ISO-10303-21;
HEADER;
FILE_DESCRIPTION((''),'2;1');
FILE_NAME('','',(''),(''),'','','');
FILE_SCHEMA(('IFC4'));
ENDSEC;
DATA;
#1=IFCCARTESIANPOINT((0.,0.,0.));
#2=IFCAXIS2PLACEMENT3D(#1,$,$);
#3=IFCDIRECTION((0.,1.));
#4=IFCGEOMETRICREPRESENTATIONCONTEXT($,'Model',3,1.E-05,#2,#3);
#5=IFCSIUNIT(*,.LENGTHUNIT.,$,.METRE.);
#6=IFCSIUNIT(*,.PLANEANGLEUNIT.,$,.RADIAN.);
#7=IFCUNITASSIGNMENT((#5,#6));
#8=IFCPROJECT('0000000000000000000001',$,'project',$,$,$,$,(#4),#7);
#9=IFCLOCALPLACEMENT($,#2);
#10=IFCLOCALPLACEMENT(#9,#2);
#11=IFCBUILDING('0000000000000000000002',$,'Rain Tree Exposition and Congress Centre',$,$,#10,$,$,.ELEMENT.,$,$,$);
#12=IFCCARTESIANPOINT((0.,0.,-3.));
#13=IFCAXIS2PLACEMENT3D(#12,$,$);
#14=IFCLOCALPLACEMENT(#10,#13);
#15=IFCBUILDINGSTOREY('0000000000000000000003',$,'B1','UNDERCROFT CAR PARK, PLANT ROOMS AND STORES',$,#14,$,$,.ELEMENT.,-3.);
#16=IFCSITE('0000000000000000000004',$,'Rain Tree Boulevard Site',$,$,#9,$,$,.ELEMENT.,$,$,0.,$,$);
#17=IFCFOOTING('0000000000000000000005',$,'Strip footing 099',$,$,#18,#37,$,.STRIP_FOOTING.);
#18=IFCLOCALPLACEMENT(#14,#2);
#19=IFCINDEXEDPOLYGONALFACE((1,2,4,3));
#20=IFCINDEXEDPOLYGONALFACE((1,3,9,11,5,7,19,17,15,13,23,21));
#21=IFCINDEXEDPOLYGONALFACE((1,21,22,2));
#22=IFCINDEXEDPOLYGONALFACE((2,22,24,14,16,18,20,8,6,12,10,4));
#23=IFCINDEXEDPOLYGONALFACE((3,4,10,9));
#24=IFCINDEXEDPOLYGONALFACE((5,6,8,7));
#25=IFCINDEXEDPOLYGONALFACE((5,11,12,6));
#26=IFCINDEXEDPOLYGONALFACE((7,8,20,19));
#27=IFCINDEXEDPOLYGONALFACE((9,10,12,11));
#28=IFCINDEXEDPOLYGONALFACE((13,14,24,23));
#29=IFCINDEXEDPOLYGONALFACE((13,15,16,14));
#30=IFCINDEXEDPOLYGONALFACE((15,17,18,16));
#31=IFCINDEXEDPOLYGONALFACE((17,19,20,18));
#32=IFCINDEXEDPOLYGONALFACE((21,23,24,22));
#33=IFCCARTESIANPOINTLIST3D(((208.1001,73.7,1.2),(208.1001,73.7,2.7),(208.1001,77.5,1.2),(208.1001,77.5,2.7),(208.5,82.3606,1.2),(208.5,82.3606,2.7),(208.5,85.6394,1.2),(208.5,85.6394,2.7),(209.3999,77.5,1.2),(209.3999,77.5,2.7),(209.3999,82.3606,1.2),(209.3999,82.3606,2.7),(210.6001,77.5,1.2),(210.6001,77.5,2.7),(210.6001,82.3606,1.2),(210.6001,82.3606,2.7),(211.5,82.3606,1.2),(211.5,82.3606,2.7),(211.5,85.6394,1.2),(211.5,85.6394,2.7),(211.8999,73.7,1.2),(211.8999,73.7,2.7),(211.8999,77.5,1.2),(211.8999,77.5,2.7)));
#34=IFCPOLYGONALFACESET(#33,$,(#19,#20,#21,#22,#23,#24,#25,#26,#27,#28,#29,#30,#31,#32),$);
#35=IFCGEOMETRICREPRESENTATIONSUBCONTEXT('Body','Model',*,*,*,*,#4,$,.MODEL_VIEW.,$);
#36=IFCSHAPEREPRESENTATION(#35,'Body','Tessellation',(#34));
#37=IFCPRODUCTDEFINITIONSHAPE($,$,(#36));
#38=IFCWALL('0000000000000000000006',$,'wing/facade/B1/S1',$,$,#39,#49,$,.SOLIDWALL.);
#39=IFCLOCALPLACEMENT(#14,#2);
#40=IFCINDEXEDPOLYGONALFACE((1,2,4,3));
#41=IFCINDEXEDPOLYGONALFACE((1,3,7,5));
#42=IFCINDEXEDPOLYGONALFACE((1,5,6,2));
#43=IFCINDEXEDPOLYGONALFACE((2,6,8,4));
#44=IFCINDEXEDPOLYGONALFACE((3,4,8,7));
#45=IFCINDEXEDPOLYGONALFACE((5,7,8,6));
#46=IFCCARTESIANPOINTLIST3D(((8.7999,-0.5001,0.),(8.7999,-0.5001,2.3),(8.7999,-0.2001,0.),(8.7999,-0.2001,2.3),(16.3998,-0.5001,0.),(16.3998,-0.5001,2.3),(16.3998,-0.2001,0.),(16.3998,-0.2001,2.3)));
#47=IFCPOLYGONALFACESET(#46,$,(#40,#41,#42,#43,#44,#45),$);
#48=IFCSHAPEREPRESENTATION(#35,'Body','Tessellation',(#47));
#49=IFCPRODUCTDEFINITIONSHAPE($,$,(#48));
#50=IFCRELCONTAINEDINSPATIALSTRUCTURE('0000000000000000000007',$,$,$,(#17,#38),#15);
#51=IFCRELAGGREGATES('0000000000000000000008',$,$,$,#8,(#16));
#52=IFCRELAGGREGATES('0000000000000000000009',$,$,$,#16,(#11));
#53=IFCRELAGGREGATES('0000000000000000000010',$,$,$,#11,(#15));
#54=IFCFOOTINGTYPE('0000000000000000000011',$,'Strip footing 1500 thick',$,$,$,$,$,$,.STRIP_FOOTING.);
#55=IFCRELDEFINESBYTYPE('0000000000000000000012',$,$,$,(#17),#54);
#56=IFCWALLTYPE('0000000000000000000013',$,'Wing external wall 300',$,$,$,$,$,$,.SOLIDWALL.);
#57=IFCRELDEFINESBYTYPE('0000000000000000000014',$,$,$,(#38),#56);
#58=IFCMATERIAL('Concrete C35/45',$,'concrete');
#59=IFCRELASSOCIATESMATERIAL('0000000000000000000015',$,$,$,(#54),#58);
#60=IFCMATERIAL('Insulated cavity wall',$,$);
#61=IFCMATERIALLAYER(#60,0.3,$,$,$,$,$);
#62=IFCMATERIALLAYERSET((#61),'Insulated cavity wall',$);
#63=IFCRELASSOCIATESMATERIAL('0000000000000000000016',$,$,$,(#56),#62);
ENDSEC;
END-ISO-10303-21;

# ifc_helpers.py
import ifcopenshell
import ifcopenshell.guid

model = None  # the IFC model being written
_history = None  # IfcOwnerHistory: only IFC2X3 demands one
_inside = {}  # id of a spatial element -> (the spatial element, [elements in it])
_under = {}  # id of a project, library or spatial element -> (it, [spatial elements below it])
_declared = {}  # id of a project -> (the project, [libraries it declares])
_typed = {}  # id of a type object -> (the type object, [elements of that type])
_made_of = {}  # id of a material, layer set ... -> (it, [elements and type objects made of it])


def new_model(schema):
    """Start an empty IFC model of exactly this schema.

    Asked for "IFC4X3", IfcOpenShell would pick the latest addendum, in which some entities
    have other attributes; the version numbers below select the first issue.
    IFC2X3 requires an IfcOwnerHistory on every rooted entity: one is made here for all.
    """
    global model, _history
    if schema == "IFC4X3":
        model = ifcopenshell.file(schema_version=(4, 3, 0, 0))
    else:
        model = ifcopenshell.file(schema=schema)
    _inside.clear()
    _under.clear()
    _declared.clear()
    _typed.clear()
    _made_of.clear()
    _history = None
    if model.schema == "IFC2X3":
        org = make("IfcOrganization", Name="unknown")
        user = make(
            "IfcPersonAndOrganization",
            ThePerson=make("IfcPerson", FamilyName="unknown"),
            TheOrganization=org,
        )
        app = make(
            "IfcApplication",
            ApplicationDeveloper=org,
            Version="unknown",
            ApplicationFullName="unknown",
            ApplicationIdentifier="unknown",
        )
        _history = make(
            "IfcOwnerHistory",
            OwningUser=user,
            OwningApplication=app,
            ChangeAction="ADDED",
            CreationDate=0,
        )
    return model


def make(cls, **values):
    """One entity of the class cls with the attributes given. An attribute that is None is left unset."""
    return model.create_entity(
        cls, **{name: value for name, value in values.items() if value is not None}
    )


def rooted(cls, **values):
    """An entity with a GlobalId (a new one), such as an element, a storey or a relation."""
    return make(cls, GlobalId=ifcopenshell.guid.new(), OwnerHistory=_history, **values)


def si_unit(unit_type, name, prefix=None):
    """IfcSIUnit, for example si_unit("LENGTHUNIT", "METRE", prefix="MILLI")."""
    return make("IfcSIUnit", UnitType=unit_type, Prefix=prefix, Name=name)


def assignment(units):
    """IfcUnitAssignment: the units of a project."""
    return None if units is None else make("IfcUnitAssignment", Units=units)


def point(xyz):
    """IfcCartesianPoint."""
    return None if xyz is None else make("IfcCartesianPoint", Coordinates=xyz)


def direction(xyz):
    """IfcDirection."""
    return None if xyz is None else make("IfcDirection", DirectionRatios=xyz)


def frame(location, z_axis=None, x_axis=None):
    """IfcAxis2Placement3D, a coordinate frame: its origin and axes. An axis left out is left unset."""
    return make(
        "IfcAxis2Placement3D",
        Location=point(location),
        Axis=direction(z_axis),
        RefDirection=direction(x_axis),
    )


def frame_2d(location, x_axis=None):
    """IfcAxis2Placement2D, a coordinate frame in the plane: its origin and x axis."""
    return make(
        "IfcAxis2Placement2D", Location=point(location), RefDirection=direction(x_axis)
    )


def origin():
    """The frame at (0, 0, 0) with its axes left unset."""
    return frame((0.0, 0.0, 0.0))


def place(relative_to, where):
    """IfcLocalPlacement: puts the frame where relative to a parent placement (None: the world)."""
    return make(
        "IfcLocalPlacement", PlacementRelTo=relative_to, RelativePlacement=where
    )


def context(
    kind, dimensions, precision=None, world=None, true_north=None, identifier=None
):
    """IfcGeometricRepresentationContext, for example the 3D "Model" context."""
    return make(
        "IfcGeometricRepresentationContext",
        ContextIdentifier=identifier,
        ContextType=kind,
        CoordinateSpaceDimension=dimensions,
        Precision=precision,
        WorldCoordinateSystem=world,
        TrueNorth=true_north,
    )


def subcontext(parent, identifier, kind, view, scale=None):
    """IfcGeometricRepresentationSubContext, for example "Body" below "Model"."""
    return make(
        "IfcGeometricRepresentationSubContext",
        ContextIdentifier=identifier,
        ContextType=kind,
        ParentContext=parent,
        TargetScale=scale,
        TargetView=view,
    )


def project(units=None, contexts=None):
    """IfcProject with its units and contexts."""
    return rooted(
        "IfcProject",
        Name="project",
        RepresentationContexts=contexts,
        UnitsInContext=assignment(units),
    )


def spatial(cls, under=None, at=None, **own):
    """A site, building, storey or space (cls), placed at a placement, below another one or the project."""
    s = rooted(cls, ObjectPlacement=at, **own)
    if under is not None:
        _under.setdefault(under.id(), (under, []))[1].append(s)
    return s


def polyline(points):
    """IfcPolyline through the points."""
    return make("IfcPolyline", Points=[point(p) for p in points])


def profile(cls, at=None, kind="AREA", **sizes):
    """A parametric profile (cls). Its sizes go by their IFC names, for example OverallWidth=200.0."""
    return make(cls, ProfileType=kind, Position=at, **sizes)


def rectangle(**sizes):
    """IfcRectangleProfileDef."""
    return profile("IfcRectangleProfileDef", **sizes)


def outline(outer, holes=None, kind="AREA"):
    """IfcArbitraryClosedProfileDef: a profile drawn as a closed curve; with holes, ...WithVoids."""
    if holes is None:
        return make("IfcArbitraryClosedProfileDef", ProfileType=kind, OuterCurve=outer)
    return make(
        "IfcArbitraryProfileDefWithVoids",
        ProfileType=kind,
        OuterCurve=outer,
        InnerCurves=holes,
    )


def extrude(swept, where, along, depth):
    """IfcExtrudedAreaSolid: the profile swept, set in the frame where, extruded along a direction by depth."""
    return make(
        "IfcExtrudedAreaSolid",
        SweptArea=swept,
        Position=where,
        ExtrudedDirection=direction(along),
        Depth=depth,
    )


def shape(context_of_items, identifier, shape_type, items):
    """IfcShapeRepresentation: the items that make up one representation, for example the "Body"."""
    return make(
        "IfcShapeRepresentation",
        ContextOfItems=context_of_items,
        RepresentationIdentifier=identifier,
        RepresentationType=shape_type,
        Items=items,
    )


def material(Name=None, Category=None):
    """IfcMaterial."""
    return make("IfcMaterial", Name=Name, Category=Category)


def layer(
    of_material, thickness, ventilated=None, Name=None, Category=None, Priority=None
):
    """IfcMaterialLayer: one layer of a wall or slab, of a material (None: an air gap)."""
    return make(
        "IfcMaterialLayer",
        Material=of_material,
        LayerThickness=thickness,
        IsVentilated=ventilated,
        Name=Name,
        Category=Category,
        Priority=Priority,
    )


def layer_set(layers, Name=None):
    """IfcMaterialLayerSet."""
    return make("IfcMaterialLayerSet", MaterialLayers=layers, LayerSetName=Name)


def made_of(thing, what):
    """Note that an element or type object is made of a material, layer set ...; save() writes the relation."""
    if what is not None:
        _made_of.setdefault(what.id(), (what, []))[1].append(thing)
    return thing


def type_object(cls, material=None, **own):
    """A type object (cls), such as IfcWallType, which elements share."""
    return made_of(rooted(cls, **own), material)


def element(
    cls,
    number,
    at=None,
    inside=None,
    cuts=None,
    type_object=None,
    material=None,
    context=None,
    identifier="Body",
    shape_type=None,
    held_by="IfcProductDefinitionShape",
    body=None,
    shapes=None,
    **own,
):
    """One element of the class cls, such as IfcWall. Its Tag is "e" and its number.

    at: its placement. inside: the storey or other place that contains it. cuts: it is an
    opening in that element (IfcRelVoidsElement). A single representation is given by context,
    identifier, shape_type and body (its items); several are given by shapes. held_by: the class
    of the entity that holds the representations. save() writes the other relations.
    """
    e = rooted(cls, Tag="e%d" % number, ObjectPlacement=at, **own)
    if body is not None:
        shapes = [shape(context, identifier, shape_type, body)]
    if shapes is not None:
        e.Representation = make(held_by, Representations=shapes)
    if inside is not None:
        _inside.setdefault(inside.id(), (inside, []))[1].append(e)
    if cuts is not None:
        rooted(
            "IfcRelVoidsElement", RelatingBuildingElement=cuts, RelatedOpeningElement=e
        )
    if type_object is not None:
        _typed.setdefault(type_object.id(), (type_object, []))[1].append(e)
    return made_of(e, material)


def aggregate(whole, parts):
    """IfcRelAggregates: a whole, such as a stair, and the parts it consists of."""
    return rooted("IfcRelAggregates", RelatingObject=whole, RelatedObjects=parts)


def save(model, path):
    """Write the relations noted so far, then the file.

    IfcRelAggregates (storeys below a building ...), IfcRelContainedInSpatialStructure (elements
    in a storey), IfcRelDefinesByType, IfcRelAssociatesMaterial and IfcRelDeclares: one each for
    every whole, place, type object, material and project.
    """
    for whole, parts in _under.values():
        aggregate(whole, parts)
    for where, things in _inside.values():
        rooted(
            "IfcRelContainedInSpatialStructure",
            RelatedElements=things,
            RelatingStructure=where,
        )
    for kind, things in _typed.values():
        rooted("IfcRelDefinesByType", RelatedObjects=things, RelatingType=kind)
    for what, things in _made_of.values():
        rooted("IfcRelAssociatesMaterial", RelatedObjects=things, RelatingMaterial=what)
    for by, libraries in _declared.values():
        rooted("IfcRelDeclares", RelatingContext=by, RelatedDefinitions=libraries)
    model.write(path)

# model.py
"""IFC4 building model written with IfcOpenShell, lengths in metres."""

from ifc_helpers import new_model, si_unit, direction, frame, frame_2d, origin, place, context, subcontext, project, spatial, polyline, rectangle, outline, extrude, material, layer, layer_set, type_object, element, save


model = new_model("IFC4")

# Units and contexts
model_context = context("Model", 3, precision=1e-05, world=origin(), true_north=direction((0.0, 1.0)))
body_context = subcontext(model_context, "Body", "Model", "MODEL_VIEW")
ifc_project = project(units=[si_unit("LENGTHUNIT", "METRE"), si_unit("PLANEANGLEUNIT", "RADIAN")], contexts=[model_context])

# Site, building, storey
site_placement = place(None, origin())
site = spatial("IfcSite", under=ifc_project, at=site_placement, Name="Rain Tree Boulevard Site", CompositionType="ELEMENT", RefElevation=0.0)
building_placement = place(site_placement, origin())
building = spatial("IfcBuilding", under=site, at=building_placement, Name="Rain Tree Exposition and Congress Centre", CompositionType="ELEMENT")
storey_placement = place(building_placement, frame((0.0, 0.0, -3.0)))
storey = spatial("IfcBuildingStorey", under=building, at=storey_placement, Name="B1", Description="UNDERCROFT CAR PARK, PLANT ROOMS AND STORES", CompositionType="ELEMENT", Elevation=-3.0)

# Footing
ifc_material_1 = material(Name="Concrete C35/45", Category="concrete")
footing_type_1 = type_object("IfcFootingType", Name="Strip footing 1500 thick", PredefinedType="STRIP_FOOTING", material=ifc_material_1)
footing_1_placement = place(storey_placement, frame((0.0, 0.0, 1.2)))
element("IfcFooting", 1, at=footing_1_placement, inside=storey, type_object=footing_type_1, Name="Strip footing 099", PredefinedType="STRIP_FOOTING", context=body_context, shape_type="SweptSolid", body=[
    extrude(outline(polyline([(211.8999, 77.5), (210.6001, 77.5), (210.6001, 82.3606), (211.5, 82.3606), (211.5, 85.6394), (208.5, 85.6394), (208.5, 82.3606), (209.3999, 82.3606), (209.3999, 77.5), (208.1001, 77.5), (208.1001, 73.7), (211.8999, 73.7), (211.8999, 77.5)])), origin(), (0.0, 0.0, 1.0), 1.5),
])

# Shared definitions
ifc_material_2 = material(Name="Insulated cavity wall")
ifc_layer = layer(ifc_material_2, 0.3)
ifc_layer_set = layer_set([ifc_layer], Name="Insulated cavity wall")
wall_type = type_object("IfcWallType", Name="Wing external wall 300", PredefinedType="SOLIDWALL", material=ifc_layer_set)

# Wall
wall_1_placement = place(storey_placement, frame((8.8, -0.3501, 0.0), z_axis=(0.0, 0.0, 1.0), x_axis=(1.0, 0.0, 0.0)))
element("IfcWall", 2, at=wall_1_placement, inside=storey, type_object=wall_type, Name="wing/facade/B1/S1", PredefinedType="SOLIDWALL", context=body_context, shape_type="SweptSolid", body=[
    extrude(rectangle(XDim=7.5999, YDim=0.3, at=frame_2d((3.7998, 0.0))), origin(), (0.0, 0.0, 1.0), 2.3),
])

save(model, "model.ifc")
